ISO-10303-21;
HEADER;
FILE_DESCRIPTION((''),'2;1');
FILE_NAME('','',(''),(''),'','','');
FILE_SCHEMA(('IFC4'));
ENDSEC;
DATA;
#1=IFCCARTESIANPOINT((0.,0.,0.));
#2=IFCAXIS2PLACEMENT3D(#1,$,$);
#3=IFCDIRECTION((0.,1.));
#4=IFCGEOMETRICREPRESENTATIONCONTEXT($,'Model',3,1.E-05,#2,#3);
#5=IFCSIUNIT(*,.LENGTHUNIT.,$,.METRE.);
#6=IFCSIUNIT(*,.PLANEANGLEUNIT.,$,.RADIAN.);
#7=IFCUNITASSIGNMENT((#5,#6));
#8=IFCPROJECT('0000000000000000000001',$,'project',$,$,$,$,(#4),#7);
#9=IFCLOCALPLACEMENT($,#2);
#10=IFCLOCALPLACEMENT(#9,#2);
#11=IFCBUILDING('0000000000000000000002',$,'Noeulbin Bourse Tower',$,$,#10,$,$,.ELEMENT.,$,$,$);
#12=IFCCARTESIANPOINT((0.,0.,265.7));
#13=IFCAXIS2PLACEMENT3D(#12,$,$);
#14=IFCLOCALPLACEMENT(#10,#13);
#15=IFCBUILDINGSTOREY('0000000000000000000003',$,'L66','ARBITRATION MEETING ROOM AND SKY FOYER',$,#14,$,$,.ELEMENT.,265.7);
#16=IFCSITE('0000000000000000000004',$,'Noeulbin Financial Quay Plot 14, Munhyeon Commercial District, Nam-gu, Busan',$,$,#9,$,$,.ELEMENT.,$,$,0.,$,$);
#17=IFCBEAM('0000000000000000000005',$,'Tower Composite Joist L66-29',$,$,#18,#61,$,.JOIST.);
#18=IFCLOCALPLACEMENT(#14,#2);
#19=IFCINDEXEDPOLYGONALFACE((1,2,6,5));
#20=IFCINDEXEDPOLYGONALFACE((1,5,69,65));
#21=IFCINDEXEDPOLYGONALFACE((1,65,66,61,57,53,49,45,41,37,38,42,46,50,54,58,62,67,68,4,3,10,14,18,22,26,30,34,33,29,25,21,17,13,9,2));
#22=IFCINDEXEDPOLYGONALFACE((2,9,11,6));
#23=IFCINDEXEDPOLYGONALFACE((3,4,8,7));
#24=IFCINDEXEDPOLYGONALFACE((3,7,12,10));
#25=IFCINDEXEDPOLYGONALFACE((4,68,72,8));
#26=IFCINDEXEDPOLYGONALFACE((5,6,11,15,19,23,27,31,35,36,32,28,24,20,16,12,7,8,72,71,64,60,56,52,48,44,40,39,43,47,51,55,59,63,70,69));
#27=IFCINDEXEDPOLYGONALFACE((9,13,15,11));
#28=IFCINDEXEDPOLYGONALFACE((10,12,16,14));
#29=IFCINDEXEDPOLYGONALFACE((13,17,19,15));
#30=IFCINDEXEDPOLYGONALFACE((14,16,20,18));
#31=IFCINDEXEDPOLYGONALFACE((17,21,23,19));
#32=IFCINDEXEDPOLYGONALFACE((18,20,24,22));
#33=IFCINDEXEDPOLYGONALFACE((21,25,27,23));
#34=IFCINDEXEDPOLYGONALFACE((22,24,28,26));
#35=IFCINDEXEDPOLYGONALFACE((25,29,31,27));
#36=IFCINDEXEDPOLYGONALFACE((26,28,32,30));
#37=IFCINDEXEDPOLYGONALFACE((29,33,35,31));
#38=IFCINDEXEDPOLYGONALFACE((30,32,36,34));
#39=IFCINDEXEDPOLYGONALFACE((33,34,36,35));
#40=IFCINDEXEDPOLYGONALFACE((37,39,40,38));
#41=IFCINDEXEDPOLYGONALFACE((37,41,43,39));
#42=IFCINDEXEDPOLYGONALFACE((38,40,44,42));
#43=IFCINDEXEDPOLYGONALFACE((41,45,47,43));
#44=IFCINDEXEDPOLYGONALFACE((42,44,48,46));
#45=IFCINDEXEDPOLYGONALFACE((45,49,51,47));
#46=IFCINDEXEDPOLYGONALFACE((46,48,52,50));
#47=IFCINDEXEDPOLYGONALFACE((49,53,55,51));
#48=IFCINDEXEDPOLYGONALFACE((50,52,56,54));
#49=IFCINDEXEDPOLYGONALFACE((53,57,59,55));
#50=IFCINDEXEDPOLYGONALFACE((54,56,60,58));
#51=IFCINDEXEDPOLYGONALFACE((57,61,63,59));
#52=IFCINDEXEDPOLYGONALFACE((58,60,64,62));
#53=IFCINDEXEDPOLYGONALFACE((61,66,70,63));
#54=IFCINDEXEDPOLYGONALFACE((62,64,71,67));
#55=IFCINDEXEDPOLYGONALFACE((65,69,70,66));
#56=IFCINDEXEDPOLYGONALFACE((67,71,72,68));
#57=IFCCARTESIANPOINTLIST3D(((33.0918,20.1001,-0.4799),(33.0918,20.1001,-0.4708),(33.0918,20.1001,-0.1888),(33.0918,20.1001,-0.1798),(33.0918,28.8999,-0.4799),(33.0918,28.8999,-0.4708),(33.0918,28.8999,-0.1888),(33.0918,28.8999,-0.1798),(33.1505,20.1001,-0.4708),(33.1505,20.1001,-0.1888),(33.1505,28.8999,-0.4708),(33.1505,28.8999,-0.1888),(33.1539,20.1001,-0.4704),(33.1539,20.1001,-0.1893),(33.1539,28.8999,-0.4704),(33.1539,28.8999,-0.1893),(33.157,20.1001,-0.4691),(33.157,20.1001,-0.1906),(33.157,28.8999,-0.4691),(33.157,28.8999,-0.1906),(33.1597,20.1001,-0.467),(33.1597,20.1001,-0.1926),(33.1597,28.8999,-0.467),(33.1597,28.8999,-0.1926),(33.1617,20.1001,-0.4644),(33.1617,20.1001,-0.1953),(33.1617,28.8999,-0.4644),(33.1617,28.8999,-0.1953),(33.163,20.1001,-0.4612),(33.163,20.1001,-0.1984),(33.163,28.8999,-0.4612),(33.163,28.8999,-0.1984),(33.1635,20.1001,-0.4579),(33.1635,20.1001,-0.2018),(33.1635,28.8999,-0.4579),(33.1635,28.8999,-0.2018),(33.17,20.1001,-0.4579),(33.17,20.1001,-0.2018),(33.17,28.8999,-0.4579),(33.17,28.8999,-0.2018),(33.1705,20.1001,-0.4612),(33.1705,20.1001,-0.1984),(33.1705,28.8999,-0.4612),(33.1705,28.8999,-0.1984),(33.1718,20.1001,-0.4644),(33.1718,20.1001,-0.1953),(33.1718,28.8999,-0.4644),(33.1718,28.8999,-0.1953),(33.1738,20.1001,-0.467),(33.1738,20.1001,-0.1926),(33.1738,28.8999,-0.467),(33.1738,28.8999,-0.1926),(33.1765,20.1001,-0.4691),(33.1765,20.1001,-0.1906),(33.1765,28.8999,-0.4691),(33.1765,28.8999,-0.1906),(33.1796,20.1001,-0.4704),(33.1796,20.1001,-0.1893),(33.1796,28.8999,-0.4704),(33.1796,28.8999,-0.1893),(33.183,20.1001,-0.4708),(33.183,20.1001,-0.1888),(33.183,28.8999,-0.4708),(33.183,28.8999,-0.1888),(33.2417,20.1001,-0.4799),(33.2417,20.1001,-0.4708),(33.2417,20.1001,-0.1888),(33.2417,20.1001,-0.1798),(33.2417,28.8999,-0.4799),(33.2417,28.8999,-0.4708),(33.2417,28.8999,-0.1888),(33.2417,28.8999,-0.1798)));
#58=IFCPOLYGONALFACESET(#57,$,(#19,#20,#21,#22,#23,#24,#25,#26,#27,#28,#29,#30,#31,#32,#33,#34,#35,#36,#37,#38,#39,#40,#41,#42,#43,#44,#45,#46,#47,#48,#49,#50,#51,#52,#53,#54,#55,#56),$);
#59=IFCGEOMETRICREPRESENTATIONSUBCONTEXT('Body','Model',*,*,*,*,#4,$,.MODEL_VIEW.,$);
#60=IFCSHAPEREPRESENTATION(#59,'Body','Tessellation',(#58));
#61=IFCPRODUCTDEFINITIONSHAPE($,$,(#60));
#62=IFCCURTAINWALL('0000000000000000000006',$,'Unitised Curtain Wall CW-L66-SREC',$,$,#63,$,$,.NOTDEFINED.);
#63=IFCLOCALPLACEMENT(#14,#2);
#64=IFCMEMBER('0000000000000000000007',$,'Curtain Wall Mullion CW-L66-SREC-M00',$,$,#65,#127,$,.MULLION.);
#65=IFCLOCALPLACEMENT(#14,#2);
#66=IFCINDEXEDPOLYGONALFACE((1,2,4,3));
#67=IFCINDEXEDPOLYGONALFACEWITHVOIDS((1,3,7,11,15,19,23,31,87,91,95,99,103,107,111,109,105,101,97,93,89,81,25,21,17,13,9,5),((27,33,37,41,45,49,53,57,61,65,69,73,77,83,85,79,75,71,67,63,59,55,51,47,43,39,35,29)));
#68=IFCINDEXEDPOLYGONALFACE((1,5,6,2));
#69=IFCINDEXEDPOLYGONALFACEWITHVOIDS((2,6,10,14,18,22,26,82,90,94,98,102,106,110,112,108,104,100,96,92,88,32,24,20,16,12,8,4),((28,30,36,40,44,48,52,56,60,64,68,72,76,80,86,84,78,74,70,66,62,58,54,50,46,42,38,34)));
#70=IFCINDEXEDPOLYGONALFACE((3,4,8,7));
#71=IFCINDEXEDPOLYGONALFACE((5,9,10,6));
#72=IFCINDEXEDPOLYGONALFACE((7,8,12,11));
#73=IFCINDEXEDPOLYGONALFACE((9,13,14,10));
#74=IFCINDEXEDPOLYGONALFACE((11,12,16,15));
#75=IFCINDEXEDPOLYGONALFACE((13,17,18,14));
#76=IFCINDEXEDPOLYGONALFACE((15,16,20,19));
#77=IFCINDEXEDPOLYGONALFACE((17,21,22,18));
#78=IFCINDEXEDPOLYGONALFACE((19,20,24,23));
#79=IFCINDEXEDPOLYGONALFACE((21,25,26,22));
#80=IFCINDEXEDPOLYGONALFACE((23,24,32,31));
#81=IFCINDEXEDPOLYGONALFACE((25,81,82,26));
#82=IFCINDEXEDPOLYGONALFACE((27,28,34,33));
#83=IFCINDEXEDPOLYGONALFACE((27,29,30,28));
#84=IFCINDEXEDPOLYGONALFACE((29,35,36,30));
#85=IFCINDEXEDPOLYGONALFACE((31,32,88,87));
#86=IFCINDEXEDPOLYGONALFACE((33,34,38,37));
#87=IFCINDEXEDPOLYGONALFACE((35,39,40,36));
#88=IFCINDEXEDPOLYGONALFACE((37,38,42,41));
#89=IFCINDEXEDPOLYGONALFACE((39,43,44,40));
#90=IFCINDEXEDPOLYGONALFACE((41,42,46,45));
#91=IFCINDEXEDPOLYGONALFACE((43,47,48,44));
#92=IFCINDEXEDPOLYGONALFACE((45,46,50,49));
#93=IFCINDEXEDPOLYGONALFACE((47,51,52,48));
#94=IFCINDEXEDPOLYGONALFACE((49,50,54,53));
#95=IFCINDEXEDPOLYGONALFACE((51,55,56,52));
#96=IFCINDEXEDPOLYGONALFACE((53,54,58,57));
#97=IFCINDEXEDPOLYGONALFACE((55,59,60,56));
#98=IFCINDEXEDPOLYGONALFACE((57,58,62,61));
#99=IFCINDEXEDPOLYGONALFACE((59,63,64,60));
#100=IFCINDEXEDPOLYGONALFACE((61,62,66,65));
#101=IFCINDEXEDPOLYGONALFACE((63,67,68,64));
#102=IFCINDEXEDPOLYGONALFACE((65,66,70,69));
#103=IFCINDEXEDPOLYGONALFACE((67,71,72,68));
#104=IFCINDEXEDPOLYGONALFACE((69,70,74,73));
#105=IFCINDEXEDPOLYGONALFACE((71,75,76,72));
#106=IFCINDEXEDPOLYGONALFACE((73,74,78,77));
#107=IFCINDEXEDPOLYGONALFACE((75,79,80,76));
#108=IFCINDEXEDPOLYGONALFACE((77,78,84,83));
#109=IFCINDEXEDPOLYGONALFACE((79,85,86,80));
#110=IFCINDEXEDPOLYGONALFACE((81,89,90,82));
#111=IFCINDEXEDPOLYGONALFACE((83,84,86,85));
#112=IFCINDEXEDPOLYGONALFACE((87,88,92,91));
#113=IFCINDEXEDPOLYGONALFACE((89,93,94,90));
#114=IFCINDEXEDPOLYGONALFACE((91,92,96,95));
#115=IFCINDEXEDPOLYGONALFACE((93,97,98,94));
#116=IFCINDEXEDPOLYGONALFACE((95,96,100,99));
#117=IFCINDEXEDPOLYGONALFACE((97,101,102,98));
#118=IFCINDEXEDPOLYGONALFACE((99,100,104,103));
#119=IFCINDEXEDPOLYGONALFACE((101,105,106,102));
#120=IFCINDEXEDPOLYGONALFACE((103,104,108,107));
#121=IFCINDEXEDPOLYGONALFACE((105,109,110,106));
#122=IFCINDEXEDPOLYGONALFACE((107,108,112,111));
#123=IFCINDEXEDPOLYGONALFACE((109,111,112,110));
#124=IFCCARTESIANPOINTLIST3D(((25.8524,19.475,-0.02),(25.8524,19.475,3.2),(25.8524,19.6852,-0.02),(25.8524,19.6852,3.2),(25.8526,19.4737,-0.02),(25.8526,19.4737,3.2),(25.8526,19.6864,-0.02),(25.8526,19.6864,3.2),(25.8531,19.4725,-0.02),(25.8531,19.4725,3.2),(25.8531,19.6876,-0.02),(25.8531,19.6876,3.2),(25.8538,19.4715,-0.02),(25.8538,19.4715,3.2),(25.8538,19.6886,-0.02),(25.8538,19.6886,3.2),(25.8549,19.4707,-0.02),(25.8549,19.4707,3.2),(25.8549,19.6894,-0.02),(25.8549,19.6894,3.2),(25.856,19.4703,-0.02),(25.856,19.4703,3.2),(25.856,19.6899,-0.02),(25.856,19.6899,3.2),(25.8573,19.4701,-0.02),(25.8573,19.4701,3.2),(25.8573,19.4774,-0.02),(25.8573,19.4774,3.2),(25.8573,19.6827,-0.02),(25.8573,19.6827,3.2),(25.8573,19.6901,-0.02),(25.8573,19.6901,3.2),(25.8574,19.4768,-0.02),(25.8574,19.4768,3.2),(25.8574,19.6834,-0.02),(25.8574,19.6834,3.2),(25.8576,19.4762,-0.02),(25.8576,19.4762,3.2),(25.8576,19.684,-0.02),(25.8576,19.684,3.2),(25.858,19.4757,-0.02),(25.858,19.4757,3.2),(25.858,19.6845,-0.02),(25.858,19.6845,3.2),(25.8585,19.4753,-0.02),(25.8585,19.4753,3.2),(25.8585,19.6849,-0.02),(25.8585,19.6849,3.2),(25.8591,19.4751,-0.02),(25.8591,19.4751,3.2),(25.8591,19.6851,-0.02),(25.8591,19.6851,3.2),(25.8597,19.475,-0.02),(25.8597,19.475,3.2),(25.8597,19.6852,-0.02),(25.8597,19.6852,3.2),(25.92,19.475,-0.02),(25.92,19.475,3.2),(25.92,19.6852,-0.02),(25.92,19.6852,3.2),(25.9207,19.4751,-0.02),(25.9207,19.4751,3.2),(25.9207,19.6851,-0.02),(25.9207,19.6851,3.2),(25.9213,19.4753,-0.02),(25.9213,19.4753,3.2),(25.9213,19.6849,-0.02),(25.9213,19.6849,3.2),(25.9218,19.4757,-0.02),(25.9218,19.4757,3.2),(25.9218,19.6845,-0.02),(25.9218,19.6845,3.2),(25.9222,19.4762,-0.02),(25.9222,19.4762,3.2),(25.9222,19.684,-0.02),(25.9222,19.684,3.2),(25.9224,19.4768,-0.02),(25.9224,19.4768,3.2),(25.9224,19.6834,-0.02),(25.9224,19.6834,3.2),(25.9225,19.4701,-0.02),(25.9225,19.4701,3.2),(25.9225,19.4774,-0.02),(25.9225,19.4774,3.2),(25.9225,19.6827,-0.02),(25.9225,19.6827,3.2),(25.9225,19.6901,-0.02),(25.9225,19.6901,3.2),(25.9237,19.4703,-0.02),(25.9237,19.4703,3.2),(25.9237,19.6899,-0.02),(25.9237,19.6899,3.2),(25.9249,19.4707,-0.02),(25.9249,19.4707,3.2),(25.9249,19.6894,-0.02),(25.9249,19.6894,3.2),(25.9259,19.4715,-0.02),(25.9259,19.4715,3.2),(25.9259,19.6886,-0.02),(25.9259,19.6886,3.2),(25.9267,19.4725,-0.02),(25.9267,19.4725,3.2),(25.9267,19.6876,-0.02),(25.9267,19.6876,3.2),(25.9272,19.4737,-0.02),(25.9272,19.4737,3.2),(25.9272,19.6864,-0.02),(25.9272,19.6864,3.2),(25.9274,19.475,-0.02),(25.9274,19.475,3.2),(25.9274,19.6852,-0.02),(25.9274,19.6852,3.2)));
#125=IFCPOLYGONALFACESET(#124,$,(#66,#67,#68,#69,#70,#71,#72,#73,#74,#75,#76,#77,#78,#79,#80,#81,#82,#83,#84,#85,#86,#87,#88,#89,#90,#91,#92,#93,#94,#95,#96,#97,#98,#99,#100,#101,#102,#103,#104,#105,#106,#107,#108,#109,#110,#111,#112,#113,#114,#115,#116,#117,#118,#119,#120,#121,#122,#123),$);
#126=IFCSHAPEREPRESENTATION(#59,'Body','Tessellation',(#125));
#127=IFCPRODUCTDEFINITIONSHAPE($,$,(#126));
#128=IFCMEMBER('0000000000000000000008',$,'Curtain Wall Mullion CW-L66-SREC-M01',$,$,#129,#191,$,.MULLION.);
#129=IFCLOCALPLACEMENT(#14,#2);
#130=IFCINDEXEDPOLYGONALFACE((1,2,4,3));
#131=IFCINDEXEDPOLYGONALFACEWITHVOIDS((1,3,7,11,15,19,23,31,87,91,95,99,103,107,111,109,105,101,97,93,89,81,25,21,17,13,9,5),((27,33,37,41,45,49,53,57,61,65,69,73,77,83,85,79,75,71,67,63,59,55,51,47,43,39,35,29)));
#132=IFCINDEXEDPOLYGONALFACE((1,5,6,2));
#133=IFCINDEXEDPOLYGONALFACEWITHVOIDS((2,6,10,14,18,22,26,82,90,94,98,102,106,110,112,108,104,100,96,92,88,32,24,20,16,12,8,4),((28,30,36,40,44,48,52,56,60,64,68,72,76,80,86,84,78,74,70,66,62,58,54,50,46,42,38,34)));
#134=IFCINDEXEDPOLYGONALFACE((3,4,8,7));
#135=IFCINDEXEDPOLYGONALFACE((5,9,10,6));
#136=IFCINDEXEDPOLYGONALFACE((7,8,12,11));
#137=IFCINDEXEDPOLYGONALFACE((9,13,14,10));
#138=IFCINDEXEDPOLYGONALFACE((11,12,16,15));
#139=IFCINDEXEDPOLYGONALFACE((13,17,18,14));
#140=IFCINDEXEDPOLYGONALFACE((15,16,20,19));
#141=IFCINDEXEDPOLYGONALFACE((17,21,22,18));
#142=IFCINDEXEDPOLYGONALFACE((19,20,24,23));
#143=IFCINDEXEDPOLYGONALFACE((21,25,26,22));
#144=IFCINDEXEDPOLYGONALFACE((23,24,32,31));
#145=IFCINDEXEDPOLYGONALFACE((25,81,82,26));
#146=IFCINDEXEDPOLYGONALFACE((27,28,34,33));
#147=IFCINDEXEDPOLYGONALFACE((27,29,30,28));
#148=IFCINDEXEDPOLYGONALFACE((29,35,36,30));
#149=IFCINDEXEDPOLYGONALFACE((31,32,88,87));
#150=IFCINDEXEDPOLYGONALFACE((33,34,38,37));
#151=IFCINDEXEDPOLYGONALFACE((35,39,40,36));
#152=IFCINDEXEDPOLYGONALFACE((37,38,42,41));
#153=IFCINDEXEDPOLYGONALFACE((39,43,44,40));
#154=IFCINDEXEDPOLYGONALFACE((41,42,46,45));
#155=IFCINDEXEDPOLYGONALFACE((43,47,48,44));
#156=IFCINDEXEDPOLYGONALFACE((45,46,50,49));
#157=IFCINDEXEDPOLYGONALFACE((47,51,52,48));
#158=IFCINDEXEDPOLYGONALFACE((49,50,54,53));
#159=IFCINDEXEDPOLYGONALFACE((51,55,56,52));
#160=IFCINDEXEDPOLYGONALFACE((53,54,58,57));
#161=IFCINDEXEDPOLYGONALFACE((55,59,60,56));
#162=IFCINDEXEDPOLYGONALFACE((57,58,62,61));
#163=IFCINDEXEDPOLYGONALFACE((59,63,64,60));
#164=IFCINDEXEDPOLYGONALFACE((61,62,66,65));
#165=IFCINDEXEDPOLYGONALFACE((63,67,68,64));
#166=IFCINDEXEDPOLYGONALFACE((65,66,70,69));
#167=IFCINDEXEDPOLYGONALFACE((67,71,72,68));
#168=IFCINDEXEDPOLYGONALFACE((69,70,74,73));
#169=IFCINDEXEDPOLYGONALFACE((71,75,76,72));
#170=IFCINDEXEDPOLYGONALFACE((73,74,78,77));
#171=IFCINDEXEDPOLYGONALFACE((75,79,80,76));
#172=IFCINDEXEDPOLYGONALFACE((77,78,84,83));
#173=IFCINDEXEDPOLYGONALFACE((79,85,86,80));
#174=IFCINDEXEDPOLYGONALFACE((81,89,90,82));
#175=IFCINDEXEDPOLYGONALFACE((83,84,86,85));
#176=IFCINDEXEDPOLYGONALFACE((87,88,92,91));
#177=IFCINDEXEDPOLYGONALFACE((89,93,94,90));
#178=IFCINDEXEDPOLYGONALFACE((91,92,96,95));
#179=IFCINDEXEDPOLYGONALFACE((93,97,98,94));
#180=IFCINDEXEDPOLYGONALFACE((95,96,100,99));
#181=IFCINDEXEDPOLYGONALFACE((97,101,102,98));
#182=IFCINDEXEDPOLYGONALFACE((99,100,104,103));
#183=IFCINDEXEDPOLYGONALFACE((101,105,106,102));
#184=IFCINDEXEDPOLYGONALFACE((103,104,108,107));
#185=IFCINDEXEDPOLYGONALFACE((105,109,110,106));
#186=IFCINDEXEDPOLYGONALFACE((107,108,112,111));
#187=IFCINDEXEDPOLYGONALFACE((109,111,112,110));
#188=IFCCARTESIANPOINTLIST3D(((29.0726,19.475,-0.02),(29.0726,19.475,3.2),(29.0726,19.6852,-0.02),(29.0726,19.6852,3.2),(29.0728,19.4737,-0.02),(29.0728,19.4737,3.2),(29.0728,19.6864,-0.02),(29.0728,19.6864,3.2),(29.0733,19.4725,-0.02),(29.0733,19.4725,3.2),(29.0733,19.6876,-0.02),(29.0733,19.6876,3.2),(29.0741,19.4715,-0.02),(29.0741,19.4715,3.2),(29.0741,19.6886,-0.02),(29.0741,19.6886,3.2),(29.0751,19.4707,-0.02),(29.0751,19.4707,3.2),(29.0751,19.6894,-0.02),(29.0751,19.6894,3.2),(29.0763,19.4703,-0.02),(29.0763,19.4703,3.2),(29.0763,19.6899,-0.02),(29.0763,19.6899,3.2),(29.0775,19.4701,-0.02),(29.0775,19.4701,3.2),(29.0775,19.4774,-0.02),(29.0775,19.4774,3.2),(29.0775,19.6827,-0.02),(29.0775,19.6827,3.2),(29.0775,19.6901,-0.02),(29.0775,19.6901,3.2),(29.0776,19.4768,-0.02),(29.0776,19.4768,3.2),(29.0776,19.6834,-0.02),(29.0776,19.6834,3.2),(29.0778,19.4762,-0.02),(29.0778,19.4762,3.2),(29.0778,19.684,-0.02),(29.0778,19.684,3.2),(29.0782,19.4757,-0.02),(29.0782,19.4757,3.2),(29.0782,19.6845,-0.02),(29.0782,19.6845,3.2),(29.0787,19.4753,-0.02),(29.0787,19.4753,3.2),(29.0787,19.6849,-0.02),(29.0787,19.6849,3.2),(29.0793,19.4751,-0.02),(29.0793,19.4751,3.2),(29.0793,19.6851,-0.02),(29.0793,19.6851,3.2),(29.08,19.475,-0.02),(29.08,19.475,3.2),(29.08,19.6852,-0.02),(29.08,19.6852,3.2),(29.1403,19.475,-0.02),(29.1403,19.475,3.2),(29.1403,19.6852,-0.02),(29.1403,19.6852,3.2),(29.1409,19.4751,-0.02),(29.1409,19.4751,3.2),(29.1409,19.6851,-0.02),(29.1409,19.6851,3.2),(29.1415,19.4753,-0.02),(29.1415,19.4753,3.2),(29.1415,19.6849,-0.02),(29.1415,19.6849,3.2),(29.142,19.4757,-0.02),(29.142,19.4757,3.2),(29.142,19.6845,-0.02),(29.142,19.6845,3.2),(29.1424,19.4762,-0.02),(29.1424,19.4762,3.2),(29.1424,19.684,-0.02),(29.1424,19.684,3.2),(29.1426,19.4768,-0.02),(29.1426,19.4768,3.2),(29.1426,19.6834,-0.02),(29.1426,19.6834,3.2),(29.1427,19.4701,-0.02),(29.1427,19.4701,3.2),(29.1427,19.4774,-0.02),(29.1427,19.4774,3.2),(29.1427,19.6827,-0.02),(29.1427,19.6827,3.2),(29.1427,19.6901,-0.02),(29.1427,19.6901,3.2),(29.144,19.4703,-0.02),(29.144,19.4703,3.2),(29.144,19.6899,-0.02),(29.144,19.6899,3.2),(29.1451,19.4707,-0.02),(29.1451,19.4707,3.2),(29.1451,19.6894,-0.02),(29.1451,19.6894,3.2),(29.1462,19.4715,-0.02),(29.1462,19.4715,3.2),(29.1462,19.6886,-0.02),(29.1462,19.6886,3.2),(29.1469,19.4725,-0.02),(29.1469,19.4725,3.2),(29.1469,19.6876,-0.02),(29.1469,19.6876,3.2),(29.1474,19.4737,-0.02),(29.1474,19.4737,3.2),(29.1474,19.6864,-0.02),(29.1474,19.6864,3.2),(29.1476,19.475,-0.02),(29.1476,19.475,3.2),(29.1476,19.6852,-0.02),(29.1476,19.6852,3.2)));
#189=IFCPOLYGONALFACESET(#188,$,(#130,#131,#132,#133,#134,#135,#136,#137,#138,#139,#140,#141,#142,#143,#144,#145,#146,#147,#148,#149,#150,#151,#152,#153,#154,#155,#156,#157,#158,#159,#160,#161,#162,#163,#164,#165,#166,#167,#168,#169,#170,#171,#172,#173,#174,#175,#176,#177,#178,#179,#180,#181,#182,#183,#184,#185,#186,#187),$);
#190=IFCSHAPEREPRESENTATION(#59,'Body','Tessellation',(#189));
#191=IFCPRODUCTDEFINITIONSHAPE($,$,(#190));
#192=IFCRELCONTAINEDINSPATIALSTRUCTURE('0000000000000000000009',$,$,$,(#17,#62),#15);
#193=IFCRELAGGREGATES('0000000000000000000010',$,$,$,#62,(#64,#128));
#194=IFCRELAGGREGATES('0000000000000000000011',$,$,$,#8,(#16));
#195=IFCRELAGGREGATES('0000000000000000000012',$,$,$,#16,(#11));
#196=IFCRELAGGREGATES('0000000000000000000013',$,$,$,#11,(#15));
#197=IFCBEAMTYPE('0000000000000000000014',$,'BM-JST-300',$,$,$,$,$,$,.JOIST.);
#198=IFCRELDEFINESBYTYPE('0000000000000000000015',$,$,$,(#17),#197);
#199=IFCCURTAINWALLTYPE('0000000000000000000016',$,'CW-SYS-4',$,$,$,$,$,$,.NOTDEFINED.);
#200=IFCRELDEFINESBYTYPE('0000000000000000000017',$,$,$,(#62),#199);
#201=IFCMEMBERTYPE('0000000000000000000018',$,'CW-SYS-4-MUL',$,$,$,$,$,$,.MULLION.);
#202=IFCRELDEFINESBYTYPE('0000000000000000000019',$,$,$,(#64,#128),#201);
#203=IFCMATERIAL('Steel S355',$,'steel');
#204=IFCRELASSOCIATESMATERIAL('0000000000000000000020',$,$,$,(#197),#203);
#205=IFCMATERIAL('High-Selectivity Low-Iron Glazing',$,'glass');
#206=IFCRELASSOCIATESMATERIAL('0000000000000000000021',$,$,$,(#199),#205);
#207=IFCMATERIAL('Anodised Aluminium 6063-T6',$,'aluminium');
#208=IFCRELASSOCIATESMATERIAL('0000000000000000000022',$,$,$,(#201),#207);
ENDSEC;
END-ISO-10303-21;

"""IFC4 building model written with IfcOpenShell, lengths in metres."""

from ifc_helpers import new_model, si_unit, direction, frame, origin, origin_2d, place, context, subcontext, project, spatial, hollow_rectangle, i_section, extrude, material, material_profile, profile_set, type_object, element, aggregate, save


model = new_model("IFC4")

# Units and contexts
model_context = context("Model", 3, precision=1e-05, world=origin(), true_north=direction((0.0, 1.0)))
body_context = subcontext(model_context, "Body", "Model", "MODEL_VIEW")
ifc_project = project(units=[si_unit("LENGTHUNIT", "METRE"), si_unit("PLANEANGLEUNIT", "RADIAN")], contexts=[model_context])

# Site, building, storey
site_placement = place(None, origin())
site = spatial("IfcSite", under=ifc_project, at=site_placement, Name="Noeulbin Financial Quay Plot 14, Munhyeon Commercial District, Nam-gu, Busan", CompositionType="ELEMENT", RefElevation=0.0)
building_placement = place(site_placement, origin())
building = spatial("IfcBuilding", under=site, at=building_placement, Name="Noeulbin Bourse Tower", CompositionType="ELEMENT")
storey_placement = place(building_placement, frame((0.0, 0.0, 265.7)))
storey = spatial("IfcBuildingStorey", under=building, at=storey_placement, Name="L66", Description="ARBITRATION MEETING ROOM AND SKY FOYER", CompositionType="ELEMENT", Elevation=265.7)

# Shared definitions
ifc_material_1 = material(Name="Steel S355", Category="steel")

# Beam
ifc_material_profile_1 = material_profile(ifc_material_1, i_section(OverallWidth=0.1499, OverallDepth=0.3, WebThickness=0.0066, FlangeThickness=0.009, FilletRadius=0.0129, at=origin_2d()), Name="H-300x150x6.5x9", Category="LoadBearing")
ifc_profile_set_1 = profile_set([ifc_material_profile_1], Name="Steel S355")
beam_type_1 = type_object("IfcBeamType", Name="BM-JST-300", PredefinedType="JOIST", material=ifc_profile_set_1)
for number, where, z_axis, x_axis, name in (
    (1, (33.1667, 20.1001, -0.3298), (0.0, 1.0, 0.0), (-1.0, 0.0, 0.0), "Tower Composite Joist L66-29"),
):
    element("IfcBeam", number, at=place(storey_placement, frame(where, z_axis=z_axis, x_axis=x_axis)), inside=storey, type_object=beam_type_1, Name=name, PredefinedType="JOIST", context=body_context, shape_type="SweptSolid", body=[
        extrude(i_section(OverallWidth=0.1499, OverallDepth=0.3, WebThickness=0.0066, FlangeThickness=0.009, FilletRadius=0.0129, at=origin_2d()), origin(), (0.0, 0.0, 1.0), 8.7998),
    ])

# Curtain wall, members
ifc_material_2 = material(Name="High-Selectivity Low-Iron Glazing", Category="glass")
curtain_wall_type = type_object("IfcCurtainWallType", Name="CW-SYS-4", PredefinedType="NOTDEFINED", material=ifc_material_2)
curtain_wall_1_placement = place(storey_placement, origin())
curtain_wall_1 = element("IfcCurtainWall", 2, at=curtain_wall_1_placement, inside=storey, type_object=curtain_wall_type, Name="Unitised Curtain Wall CW-L66-SREC", PredefinedType="NOTDEFINED")
ifc_material_3 = material(Name="Anodised Aluminium 6063-T6", Category="aluminium")
ifc_material_profile_2 = material_profile(ifc_material_3, hollow_rectangle(XDim=0.075, YDim=0.22, WallThickness=0.0049, InnerFilletRadius=0.0024, OuterFilletRadius=0.0049, at=origin_2d()), Name="ALU-MULL-75x220x5", Category="LoadBearing")
ifc_profile_set_2 = profile_set([ifc_material_profile_2], Name="Anodised Aluminium 6063-T6")
member_type_1 = type_object("IfcMemberType", Name="CW-SYS-4-MUL", PredefinedType="MULLION", material=ifc_profile_set_2)
member_1_placement = place(storey_placement, frame((25.8899, 19.5801, -0.02), z_axis=(0.0, 0.0, 1.0), x_axis=(1.0, 0.0, 0.0)))
member_1 = element("IfcMember", 3, at=member_1_placement, type_object=member_type_1, Name="Curtain Wall Mullion CW-L66-SREC-M00", PredefinedType="MULLION", context=body_context, shape_type="SweptSolid", body=[
    extrude(hollow_rectangle(XDim=0.075, YDim=0.22, WallThickness=0.0049, InnerFilletRadius=0.0024, OuterFilletRadius=0.0049, at=origin_2d()), origin(), (0.0, 0.0, 1.0), 3.22),
])
member_2_placement = place(storey_placement, frame((29.1101, 19.5801, -0.02), z_axis=(0.0, 0.0, 1.0), x_axis=(1.0, 0.0, 0.0)))
member_2 = element("IfcMember", 4, at=member_2_placement, type_object=member_type_1, Name="Curtain Wall Mullion CW-L66-SREC-M01", PredefinedType="MULLION", context=body_context, shape_type="SweptSolid", body=[
    extrude(hollow_rectangle(XDim=0.075, YDim=0.22, WallThickness=0.0049, InnerFilletRadius=0.0024, OuterFilletRadius=0.0049, at=origin_2d()), origin(), (0.0, 0.0, 1.0), 3.22),
])

aggregate(curtain_wall_1, [member_1, member_2])

save(model, "model.ifc")
